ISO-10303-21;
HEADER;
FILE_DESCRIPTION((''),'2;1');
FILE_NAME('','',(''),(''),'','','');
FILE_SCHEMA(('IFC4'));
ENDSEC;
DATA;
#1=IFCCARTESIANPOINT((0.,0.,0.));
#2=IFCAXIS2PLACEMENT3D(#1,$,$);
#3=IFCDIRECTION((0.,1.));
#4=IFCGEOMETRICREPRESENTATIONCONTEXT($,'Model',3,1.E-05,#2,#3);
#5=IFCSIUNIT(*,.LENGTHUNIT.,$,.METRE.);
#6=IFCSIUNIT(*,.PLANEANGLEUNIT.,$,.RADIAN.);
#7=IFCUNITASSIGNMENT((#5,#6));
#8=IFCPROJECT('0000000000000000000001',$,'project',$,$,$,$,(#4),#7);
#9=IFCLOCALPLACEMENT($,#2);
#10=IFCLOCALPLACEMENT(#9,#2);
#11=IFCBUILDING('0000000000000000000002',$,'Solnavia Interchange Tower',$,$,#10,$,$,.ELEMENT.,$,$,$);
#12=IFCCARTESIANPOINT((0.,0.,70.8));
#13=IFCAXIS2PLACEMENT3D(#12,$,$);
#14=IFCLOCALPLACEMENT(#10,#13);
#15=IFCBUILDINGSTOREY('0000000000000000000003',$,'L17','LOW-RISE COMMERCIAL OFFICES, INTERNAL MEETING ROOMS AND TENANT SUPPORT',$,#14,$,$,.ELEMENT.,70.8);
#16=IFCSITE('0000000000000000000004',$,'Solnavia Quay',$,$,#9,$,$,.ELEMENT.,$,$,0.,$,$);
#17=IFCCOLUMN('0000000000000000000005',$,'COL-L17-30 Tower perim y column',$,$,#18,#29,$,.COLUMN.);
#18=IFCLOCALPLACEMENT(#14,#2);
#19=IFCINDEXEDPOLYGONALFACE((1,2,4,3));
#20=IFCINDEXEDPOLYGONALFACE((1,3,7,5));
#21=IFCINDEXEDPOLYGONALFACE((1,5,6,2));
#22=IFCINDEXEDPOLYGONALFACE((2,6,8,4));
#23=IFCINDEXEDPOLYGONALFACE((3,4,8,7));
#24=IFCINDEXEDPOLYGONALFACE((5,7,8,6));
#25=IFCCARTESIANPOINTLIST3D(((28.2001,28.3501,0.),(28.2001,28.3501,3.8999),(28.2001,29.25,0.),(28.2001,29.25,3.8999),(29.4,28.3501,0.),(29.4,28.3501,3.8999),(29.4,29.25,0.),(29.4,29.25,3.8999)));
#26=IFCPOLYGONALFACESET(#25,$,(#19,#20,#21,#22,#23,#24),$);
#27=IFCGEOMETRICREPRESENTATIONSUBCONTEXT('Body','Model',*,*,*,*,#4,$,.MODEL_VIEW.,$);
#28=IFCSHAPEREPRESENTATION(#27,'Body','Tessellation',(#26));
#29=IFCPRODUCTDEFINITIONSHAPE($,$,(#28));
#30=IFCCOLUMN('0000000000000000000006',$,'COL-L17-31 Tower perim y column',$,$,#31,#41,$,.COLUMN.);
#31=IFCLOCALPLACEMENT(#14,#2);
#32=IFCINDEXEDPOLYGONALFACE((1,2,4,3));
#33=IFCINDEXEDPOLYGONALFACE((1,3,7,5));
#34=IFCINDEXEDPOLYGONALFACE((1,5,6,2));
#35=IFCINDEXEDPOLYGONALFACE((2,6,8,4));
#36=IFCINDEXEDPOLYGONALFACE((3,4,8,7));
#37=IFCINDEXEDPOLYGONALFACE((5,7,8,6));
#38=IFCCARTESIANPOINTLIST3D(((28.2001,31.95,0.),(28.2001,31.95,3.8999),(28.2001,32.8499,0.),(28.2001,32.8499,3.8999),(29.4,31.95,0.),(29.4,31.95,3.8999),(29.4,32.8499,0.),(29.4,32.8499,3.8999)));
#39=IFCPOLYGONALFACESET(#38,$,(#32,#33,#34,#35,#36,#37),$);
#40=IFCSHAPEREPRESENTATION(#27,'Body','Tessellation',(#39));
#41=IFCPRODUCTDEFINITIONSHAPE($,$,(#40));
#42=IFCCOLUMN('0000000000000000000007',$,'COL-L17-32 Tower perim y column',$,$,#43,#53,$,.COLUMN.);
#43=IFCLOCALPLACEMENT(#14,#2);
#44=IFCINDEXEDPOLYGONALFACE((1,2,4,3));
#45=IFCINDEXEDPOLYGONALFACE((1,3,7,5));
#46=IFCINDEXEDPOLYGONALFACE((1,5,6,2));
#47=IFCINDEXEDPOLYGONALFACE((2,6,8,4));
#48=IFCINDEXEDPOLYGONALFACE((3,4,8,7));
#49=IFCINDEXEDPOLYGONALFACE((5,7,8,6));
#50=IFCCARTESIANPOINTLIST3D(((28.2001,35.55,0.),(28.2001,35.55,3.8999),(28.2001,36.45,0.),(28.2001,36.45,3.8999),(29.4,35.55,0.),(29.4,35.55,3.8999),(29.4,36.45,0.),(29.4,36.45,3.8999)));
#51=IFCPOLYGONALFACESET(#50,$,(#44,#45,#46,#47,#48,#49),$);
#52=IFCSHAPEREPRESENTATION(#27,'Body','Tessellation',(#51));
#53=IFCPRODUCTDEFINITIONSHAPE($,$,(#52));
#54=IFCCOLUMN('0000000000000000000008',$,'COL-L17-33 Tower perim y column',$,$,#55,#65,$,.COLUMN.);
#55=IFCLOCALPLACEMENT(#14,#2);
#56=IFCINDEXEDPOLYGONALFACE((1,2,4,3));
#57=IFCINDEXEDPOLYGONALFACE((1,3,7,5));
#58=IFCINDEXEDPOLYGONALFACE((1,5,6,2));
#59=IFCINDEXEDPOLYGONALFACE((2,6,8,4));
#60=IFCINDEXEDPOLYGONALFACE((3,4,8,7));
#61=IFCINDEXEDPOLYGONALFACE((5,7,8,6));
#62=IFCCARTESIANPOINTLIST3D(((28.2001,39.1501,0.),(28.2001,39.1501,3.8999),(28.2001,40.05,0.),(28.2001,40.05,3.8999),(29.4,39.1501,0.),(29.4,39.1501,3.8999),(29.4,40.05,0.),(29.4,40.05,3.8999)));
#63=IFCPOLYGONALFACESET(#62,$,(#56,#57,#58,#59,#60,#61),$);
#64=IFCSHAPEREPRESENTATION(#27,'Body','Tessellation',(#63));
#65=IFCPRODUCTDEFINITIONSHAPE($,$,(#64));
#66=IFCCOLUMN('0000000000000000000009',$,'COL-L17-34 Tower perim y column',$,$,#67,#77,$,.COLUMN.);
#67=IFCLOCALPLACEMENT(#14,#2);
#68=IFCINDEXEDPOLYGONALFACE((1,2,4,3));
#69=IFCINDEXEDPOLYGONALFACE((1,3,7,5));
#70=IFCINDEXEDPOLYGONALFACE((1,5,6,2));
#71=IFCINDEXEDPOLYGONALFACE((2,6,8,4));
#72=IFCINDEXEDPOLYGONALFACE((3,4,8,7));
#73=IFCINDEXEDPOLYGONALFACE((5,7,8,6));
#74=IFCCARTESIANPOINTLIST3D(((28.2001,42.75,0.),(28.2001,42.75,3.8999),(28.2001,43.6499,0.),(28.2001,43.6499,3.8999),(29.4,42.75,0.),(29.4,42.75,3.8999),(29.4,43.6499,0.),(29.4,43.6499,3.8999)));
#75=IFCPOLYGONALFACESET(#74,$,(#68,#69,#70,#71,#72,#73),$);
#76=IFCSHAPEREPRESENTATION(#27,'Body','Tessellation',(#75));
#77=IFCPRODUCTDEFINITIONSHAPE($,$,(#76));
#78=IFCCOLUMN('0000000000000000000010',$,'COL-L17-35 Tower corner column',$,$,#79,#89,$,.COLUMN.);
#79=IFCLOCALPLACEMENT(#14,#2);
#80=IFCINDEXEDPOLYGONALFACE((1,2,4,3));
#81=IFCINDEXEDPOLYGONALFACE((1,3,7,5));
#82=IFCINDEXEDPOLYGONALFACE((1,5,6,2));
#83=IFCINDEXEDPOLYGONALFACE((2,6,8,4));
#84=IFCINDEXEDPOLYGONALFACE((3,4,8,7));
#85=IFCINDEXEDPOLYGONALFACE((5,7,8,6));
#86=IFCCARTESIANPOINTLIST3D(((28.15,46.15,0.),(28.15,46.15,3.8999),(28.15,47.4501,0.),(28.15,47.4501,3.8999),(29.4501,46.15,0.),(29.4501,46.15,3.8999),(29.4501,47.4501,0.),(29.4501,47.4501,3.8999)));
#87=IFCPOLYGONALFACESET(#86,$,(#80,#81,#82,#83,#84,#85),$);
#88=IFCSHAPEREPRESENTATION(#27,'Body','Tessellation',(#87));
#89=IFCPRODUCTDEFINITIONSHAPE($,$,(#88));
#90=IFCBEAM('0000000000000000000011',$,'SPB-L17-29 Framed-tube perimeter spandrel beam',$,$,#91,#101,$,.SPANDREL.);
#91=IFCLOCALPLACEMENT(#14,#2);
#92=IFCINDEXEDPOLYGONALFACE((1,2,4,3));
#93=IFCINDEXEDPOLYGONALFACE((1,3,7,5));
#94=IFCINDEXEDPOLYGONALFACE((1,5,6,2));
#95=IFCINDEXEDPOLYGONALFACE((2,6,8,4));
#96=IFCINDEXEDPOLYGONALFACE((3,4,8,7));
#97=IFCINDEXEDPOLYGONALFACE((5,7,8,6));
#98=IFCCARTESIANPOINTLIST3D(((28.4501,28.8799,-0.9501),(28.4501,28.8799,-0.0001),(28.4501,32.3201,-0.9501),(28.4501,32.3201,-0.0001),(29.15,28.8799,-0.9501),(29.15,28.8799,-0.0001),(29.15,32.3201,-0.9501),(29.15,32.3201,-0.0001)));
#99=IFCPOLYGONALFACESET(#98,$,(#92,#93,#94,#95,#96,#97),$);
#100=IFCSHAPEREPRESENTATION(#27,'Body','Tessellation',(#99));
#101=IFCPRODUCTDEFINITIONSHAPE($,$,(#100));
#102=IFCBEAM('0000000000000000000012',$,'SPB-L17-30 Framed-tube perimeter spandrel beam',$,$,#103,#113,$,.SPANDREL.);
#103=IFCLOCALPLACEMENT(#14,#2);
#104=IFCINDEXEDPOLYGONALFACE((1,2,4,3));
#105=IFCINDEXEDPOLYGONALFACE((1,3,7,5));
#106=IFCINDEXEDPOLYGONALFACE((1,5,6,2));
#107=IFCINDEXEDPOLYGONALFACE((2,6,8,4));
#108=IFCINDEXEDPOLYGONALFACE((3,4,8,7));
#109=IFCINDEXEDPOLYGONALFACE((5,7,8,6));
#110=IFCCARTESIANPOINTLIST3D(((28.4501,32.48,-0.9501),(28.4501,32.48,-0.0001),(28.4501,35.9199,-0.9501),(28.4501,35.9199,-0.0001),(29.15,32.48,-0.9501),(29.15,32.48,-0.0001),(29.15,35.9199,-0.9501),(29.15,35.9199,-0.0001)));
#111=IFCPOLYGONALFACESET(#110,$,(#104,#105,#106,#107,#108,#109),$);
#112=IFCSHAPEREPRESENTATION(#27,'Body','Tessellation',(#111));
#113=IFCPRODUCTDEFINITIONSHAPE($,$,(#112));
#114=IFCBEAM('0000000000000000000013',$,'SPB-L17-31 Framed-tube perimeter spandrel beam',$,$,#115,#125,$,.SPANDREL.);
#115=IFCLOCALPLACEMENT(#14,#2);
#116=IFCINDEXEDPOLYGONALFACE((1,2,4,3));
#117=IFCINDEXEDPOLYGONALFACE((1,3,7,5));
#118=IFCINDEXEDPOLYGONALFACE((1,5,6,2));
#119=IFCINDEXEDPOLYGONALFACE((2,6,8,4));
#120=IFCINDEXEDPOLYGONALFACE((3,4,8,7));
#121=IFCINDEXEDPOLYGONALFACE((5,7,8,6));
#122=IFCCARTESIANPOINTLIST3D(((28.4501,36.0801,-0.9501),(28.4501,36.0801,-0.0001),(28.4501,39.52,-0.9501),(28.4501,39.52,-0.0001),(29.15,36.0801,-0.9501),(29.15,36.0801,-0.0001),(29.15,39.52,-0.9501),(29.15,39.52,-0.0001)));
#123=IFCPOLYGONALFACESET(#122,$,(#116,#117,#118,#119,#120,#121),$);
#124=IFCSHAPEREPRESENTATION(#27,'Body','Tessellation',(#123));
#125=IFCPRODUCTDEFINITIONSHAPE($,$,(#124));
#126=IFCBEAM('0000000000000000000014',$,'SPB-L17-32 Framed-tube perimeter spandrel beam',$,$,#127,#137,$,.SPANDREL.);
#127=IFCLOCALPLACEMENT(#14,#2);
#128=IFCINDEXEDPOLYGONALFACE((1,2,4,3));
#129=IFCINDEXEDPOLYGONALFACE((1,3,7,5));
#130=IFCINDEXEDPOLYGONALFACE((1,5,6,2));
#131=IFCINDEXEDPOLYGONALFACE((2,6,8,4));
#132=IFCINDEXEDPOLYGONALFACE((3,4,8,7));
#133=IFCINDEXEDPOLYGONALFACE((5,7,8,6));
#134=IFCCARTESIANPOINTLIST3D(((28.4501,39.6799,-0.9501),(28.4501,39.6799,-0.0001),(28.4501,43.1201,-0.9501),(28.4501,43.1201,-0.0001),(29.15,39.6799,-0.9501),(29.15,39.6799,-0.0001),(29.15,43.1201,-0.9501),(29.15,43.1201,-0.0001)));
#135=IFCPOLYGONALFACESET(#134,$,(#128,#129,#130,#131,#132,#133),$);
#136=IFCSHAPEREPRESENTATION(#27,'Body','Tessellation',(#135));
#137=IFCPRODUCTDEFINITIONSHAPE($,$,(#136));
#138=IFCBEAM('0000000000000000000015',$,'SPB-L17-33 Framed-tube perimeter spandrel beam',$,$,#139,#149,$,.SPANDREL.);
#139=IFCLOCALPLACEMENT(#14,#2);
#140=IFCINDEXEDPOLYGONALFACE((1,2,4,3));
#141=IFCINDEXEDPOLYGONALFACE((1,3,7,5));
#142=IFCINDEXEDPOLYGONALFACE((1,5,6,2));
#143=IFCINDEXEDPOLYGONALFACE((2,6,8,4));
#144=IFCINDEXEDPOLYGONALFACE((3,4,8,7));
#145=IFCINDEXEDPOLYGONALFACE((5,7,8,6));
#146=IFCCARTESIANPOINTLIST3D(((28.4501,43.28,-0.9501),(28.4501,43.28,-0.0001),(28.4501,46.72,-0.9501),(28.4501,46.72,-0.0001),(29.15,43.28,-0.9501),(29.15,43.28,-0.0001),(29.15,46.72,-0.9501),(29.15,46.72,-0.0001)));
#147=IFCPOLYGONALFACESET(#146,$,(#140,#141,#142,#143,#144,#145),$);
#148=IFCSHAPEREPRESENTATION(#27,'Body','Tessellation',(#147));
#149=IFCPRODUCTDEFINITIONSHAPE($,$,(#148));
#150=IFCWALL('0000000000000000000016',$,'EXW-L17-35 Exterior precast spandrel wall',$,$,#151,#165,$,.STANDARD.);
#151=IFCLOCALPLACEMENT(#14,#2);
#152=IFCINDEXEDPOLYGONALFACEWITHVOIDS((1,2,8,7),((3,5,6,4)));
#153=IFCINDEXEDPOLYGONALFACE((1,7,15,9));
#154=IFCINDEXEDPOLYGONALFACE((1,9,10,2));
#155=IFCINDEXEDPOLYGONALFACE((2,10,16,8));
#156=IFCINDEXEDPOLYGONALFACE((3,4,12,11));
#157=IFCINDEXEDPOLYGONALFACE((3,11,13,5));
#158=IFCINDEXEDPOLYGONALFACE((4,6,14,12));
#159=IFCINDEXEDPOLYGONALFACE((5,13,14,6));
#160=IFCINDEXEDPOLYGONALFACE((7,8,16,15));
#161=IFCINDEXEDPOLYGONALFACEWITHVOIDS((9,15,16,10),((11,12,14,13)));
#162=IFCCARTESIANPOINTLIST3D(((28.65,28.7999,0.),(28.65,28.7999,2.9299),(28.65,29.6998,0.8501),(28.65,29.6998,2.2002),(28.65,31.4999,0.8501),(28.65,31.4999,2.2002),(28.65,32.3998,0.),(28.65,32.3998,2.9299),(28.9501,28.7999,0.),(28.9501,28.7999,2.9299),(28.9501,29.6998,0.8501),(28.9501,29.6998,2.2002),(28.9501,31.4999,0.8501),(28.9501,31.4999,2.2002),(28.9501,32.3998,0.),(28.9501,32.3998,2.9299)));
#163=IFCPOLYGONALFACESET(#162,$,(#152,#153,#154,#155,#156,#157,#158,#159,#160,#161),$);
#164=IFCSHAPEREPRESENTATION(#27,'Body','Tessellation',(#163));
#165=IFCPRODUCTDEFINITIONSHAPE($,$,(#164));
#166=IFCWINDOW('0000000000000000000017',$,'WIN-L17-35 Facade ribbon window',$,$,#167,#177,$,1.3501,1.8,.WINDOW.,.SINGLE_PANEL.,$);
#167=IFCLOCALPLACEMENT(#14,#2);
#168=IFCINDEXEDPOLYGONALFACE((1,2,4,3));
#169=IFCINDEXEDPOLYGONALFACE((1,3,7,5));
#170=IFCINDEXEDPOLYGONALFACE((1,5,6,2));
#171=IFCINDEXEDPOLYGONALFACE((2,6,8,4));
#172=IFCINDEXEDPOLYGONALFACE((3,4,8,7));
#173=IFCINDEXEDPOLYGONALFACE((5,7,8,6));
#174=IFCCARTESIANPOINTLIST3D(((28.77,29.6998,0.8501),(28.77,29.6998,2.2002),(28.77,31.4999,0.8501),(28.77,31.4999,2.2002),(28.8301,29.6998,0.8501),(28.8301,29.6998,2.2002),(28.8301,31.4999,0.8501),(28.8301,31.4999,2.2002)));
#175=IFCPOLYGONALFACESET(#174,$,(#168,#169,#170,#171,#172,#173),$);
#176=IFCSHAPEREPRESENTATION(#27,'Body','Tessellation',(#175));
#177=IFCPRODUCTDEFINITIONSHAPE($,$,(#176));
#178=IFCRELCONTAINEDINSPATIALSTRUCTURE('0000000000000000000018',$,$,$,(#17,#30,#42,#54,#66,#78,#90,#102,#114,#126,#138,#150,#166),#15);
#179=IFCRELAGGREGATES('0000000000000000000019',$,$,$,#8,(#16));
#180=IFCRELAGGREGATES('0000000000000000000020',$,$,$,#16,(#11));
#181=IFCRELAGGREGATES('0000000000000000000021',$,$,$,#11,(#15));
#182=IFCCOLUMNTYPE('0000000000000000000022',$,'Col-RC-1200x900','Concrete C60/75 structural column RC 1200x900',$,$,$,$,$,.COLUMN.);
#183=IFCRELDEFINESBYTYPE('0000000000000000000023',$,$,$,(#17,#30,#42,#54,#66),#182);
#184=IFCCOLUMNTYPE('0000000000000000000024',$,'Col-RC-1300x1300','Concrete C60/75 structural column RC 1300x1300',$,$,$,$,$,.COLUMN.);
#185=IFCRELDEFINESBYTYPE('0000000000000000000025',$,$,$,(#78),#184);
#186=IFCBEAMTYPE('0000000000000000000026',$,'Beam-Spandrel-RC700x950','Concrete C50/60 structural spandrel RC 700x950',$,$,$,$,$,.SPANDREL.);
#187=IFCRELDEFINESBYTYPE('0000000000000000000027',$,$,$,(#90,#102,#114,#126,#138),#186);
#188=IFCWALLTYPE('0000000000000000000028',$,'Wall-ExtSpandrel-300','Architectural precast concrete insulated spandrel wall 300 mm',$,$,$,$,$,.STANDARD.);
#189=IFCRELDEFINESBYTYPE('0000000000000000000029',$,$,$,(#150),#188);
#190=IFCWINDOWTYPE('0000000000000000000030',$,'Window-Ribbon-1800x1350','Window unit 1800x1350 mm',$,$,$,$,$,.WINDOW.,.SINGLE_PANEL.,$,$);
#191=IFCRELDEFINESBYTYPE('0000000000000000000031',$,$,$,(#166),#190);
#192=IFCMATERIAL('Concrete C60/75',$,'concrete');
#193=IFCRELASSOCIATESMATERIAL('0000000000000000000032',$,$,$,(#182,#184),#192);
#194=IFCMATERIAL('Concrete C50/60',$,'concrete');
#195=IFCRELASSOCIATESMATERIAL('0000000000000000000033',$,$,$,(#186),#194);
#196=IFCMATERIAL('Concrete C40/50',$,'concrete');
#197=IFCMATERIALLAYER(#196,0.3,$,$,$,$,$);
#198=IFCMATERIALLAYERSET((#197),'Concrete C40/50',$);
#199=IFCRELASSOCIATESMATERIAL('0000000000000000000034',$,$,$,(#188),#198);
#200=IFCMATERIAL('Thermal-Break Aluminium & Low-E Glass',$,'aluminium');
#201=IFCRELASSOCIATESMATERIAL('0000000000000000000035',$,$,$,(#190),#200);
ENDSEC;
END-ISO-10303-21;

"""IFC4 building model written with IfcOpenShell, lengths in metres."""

from ifc_helpers import new_model, si_unit, direction, frame, frame_2d, origin, origin_2d, place, context, subcontext, project, spatial, rectangle, extrude, material, layer, layer_set, material_profile, profile_set, type_object, element, fill, save


model = new_model("IFC4")

# Units and contexts
model_context = context("Model", 3, precision=1e-05, world=origin(), true_north=direction((0.0, 1.0)))
body_context = subcontext(model_context, "Body", "Model", "MODEL_VIEW")
ifc_project = project(units=[si_unit("LENGTHUNIT", "METRE"), si_unit("PLANEANGLEUNIT", "RADIAN")], contexts=[model_context])

# Site, building, storey
site_placement = place(None, origin())
site = spatial("IfcSite", under=ifc_project, at=site_placement, Name="Solnavia Quay", CompositionType="ELEMENT", RefElevation=0.0)
building_placement = place(site_placement, origin())
building = spatial("IfcBuilding", under=site, at=building_placement, Name="Solnavia Interchange Tower", CompositionType="ELEMENT")
storey_placement = place(building_placement, frame((0.0, 0.0, 70.8)))
storey = spatial("IfcBuildingStorey", under=building, at=storey_placement, Name="L17", Description="LOW-RISE COMMERCIAL OFFICES, INTERNAL MEETING ROOMS AND TENANT SUPPORT", CompositionType="ELEMENT", Elevation=70.8)

# Columns
ifc_material_1 = material(Name="Concrete C60/75", Category="concrete")
ifc_material_profile_1 = material_profile(ifc_material_1, rectangle(XDim=0.8999, YDim=1.2, at=origin_2d()), Name="RC 1200x900")
ifc_profile_set_1 = profile_set([ifc_material_profile_1], Name="Concrete C60/75")
column_type_1 = type_object("IfcColumnType", Name="Col-RC-1200x900", Description="Concrete C60/75 structural column RC 1200x900", PredefinedType="COLUMN", material=ifc_profile_set_1)
for number, where, z_axis, x_axis, name in (
    (1, (28.8, 28.8, 0.0), (0.0, 0.0, 1.0), (0.0, 1.0, 0.0), "COL-L17-30 Tower perim y column"),
    (2, (28.8, 32.3999, 0.0), (0.0, 0.0, 1.0), (0.0, 1.0, 0.0), "COL-L17-31 Tower perim y column"),
    (3, (28.8, 36.0, 0.0), (0.0, 0.0, 1.0), (0.0, 1.0, 0.0), "COL-L17-32 Tower perim y column"),
    (4, (28.8, 39.6001, 0.0), (0.0, 0.0, 1.0), (0.0, 1.0, 0.0), "COL-L17-33 Tower perim y column"),
    (5, (28.8, 43.2, 0.0), (0.0, 0.0, 1.0), (0.0, 1.0, 0.0), "COL-L17-34 Tower perim y column"),
):
    element("IfcColumn", number, at=place(storey_placement, frame(where, z_axis=z_axis, x_axis=x_axis)), inside=storey, type_object=column_type_1, Name=name, PredefinedType="COLUMN", context=body_context, shape_type="SweptSolid", body=[
        extrude(rectangle(XDim=0.8999, YDim=1.2, at=origin_2d()), origin(), (0.0, 0.0, 1.0), 3.8999),
    ])
ifc_material_profile_2 = material_profile(ifc_material_1, rectangle(XDim=1.3, YDim=1.3, at=origin_2d()), Name="RC 1300x1300")
ifc_profile_set_2 = profile_set([ifc_material_profile_2], Name="Concrete C60/75")
column_type_2 = type_object("IfcColumnType", Name="Col-RC-1300x1300", Description="Concrete C60/75 structural column RC 1300x1300", PredefinedType="COLUMN", material=ifc_profile_set_2)
column_placement = place(storey_placement, frame((28.8, 46.8, 0.0), z_axis=(0.0, 0.0, 1.0), x_axis=(0.0, 1.0, 0.0)))
element("IfcColumn", 6, at=column_placement, inside=storey, type_object=column_type_2, Name="COL-L17-35 Tower corner column", PredefinedType="COLUMN", context=body_context, shape_type="SweptSolid", body=[
    extrude(rectangle(XDim=1.3, YDim=1.3, at=origin_2d()), origin(), (0.0, 0.0, 1.0), 3.8999),
])

# Beams
ifc_material_2 = material(Name="Concrete C50/60", Category="concrete")
ifc_material_profile_3 = material_profile(ifc_material_2, rectangle(XDim=0.7, YDim=0.95, at=origin_2d()), Name="RC 700x950")
ifc_profile_set_3 = profile_set([ifc_material_profile_3], Name="Concrete C50/60")
beam_type = type_object("IfcBeamType", Name="Beam-Spandrel-RC700x950", Description="Concrete C50/60 structural spandrel RC 700x950", PredefinedType="SPANDREL", material=ifc_profile_set_3)
beam_1_placement = place(storey_placement, frame((28.8, 28.8799, -0.4751), z_axis=(0.0, 1.0, 0.0), x_axis=(-1.0, 0.0, 0.0)))
element("IfcBeam", 7, at=beam_1_placement, inside=storey, type_object=beam_type, Name="SPB-L17-29 Framed-tube perimeter spandrel beam", PredefinedType="SPANDREL", context=body_context, shape_type="SweptSolid", body=[
    extrude(rectangle(XDim=0.7, YDim=0.95, at=origin_2d()), origin(), (0.0, 0.0, 1.0), 3.4402),
])
for number, where, z_axis, x_axis, name in (
    (8, (28.8, 32.48, -0.4751), (0.0, 1.0, 0.0), (-1.0, 0.0, 0.0), "SPB-L17-30 Framed-tube perimeter spandrel beam"),
    (9, (28.8, 36.0801, -0.4751), (0.0, 1.0, 0.0), (-1.0, 0.0, 0.0), "SPB-L17-31 Framed-tube perimeter spandrel beam"),
):
    element("IfcBeam", number, at=place(storey_placement, frame(where, z_axis=z_axis, x_axis=x_axis)), inside=storey, type_object=beam_type, Name=name, PredefinedType="SPANDREL", context=body_context, shape_type="SweptSolid", body=[
        extrude(rectangle(XDim=0.7, YDim=0.95, at=origin_2d()), origin(), (0.0, 0.0, 1.0), 3.4399),
    ])
beam_2_placement = place(storey_placement, frame((28.8, 39.6799, -0.4751), z_axis=(0.0, 1.0, 0.0), x_axis=(-1.0, 0.0, 0.0)))
element("IfcBeam", 10, at=beam_2_placement, inside=storey, type_object=beam_type, Name="SPB-L17-32 Framed-tube perimeter spandrel beam", PredefinedType="SPANDREL", context=body_context, shape_type="SweptSolid", body=[
    extrude(rectangle(XDim=0.7, YDim=0.95, at=origin_2d()), origin(), (0.0, 0.0, 1.0), 3.4402),
])
beam_3_placement = place(storey_placement, frame((28.8, 43.28, -0.4751), z_axis=(0.0, 1.0, 0.0), x_axis=(-1.0, 0.0, 0.0)))
element("IfcBeam", 11, at=beam_3_placement, inside=storey, type_object=beam_type, Name="SPB-L17-33 Framed-tube perimeter spandrel beam", PredefinedType="SPANDREL", context=body_context, shape_type="SweptSolid", body=[
    extrude(rectangle(XDim=0.7, YDim=0.95, at=origin_2d()), origin(), (0.0, 0.0, 1.0), 3.4399),
])

# Wall, opening, window
ifc_material_3 = material(Name="Concrete C40/50", Category="concrete")
ifc_layer_1 = layer(ifc_material_3, 0.3)
ifc_layer_set_1 = layer_set([ifc_layer_1], Name="Concrete C40/50")
wall_type = type_object("IfcWallType", Name="Wall-ExtSpandrel-300", Description="Architectural precast concrete insulated spandrel wall 300 mm", PredefinedType="STANDARD", material=ifc_layer_set_1)
wall_1_placement = place(storey_placement, frame((28.8, 28.8, 0.0), z_axis=(0.0, 0.0, 1.0), x_axis=(0.0, 1.0, 0.0)))
wall_1 = element("IfcWall", 12, at=wall_1_placement, inside=storey, type_object=wall_type, Name="EXW-L17-35 Exterior precast spandrel wall", PredefinedType="STANDARD", context=body_context, shape_type="SweptSolid", body=[
    extrude(rectangle(XDim=3.5999, YDim=0.3, at=frame_2d((1.7998, 0.0))), origin(), (0.0, 0.0, 1.0), 2.9299),
])
opening_1_placement = place(wall_1_placement, frame((0.8999, 0.0, 0.8501)))
opening_1 = element("IfcOpeningElement", 13, at=opening_1_placement, cuts=wall_1, PredefinedType="OPENING", context=body_context, shape_type="SweptSolid", body=[
    extrude(rectangle(XDim=1.8, YDim=1.3501, at=frame_2d((0.8999, 0.675))), frame((0.0, 0.1602, 0.0), z_axis=(0.0, -1.0, 0.0), x_axis=(1.0, 0.0, 0.0)), (0.0, 0.0, 1.0), 0.3201),
])
ifc_material_4 = material(Name="Thermal-Break Aluminium & Low-E Glass", Category="aluminium")
window_type = type_object("IfcWindowType", Name="Window-Ribbon-1800x1350", Description="Window unit 1800x1350 mm", PartitioningType="SINGLE_PANEL", PredefinedType="WINDOW", material=ifc_material_4)
window_1_placement = place(opening_1_placement, origin())
window_1 = element("IfcWindow", 14, at=window_1_placement, inside=storey, type_object=window_type, Name="WIN-L17-35 Facade ribbon window", OverallHeight=1.3501, OverallWidth=1.8, PartitioningType="SINGLE_PANEL", PredefinedType="WINDOW", context=body_context, shape_type="SweptSolid", body=[
    extrude(rectangle(XDim=1.8, YDim=1.3501, at=frame_2d((0.8999, 0.675))), frame((0.0, 0.03, 0.0), z_axis=(0.0, -1.0, 0.0), x_axis=(1.0, 0.0, 0.0)), (0.0, 0.0, 1.0), 0.0601),
])
fill(opening_1, window_1)

save(model, "model.ifc")
